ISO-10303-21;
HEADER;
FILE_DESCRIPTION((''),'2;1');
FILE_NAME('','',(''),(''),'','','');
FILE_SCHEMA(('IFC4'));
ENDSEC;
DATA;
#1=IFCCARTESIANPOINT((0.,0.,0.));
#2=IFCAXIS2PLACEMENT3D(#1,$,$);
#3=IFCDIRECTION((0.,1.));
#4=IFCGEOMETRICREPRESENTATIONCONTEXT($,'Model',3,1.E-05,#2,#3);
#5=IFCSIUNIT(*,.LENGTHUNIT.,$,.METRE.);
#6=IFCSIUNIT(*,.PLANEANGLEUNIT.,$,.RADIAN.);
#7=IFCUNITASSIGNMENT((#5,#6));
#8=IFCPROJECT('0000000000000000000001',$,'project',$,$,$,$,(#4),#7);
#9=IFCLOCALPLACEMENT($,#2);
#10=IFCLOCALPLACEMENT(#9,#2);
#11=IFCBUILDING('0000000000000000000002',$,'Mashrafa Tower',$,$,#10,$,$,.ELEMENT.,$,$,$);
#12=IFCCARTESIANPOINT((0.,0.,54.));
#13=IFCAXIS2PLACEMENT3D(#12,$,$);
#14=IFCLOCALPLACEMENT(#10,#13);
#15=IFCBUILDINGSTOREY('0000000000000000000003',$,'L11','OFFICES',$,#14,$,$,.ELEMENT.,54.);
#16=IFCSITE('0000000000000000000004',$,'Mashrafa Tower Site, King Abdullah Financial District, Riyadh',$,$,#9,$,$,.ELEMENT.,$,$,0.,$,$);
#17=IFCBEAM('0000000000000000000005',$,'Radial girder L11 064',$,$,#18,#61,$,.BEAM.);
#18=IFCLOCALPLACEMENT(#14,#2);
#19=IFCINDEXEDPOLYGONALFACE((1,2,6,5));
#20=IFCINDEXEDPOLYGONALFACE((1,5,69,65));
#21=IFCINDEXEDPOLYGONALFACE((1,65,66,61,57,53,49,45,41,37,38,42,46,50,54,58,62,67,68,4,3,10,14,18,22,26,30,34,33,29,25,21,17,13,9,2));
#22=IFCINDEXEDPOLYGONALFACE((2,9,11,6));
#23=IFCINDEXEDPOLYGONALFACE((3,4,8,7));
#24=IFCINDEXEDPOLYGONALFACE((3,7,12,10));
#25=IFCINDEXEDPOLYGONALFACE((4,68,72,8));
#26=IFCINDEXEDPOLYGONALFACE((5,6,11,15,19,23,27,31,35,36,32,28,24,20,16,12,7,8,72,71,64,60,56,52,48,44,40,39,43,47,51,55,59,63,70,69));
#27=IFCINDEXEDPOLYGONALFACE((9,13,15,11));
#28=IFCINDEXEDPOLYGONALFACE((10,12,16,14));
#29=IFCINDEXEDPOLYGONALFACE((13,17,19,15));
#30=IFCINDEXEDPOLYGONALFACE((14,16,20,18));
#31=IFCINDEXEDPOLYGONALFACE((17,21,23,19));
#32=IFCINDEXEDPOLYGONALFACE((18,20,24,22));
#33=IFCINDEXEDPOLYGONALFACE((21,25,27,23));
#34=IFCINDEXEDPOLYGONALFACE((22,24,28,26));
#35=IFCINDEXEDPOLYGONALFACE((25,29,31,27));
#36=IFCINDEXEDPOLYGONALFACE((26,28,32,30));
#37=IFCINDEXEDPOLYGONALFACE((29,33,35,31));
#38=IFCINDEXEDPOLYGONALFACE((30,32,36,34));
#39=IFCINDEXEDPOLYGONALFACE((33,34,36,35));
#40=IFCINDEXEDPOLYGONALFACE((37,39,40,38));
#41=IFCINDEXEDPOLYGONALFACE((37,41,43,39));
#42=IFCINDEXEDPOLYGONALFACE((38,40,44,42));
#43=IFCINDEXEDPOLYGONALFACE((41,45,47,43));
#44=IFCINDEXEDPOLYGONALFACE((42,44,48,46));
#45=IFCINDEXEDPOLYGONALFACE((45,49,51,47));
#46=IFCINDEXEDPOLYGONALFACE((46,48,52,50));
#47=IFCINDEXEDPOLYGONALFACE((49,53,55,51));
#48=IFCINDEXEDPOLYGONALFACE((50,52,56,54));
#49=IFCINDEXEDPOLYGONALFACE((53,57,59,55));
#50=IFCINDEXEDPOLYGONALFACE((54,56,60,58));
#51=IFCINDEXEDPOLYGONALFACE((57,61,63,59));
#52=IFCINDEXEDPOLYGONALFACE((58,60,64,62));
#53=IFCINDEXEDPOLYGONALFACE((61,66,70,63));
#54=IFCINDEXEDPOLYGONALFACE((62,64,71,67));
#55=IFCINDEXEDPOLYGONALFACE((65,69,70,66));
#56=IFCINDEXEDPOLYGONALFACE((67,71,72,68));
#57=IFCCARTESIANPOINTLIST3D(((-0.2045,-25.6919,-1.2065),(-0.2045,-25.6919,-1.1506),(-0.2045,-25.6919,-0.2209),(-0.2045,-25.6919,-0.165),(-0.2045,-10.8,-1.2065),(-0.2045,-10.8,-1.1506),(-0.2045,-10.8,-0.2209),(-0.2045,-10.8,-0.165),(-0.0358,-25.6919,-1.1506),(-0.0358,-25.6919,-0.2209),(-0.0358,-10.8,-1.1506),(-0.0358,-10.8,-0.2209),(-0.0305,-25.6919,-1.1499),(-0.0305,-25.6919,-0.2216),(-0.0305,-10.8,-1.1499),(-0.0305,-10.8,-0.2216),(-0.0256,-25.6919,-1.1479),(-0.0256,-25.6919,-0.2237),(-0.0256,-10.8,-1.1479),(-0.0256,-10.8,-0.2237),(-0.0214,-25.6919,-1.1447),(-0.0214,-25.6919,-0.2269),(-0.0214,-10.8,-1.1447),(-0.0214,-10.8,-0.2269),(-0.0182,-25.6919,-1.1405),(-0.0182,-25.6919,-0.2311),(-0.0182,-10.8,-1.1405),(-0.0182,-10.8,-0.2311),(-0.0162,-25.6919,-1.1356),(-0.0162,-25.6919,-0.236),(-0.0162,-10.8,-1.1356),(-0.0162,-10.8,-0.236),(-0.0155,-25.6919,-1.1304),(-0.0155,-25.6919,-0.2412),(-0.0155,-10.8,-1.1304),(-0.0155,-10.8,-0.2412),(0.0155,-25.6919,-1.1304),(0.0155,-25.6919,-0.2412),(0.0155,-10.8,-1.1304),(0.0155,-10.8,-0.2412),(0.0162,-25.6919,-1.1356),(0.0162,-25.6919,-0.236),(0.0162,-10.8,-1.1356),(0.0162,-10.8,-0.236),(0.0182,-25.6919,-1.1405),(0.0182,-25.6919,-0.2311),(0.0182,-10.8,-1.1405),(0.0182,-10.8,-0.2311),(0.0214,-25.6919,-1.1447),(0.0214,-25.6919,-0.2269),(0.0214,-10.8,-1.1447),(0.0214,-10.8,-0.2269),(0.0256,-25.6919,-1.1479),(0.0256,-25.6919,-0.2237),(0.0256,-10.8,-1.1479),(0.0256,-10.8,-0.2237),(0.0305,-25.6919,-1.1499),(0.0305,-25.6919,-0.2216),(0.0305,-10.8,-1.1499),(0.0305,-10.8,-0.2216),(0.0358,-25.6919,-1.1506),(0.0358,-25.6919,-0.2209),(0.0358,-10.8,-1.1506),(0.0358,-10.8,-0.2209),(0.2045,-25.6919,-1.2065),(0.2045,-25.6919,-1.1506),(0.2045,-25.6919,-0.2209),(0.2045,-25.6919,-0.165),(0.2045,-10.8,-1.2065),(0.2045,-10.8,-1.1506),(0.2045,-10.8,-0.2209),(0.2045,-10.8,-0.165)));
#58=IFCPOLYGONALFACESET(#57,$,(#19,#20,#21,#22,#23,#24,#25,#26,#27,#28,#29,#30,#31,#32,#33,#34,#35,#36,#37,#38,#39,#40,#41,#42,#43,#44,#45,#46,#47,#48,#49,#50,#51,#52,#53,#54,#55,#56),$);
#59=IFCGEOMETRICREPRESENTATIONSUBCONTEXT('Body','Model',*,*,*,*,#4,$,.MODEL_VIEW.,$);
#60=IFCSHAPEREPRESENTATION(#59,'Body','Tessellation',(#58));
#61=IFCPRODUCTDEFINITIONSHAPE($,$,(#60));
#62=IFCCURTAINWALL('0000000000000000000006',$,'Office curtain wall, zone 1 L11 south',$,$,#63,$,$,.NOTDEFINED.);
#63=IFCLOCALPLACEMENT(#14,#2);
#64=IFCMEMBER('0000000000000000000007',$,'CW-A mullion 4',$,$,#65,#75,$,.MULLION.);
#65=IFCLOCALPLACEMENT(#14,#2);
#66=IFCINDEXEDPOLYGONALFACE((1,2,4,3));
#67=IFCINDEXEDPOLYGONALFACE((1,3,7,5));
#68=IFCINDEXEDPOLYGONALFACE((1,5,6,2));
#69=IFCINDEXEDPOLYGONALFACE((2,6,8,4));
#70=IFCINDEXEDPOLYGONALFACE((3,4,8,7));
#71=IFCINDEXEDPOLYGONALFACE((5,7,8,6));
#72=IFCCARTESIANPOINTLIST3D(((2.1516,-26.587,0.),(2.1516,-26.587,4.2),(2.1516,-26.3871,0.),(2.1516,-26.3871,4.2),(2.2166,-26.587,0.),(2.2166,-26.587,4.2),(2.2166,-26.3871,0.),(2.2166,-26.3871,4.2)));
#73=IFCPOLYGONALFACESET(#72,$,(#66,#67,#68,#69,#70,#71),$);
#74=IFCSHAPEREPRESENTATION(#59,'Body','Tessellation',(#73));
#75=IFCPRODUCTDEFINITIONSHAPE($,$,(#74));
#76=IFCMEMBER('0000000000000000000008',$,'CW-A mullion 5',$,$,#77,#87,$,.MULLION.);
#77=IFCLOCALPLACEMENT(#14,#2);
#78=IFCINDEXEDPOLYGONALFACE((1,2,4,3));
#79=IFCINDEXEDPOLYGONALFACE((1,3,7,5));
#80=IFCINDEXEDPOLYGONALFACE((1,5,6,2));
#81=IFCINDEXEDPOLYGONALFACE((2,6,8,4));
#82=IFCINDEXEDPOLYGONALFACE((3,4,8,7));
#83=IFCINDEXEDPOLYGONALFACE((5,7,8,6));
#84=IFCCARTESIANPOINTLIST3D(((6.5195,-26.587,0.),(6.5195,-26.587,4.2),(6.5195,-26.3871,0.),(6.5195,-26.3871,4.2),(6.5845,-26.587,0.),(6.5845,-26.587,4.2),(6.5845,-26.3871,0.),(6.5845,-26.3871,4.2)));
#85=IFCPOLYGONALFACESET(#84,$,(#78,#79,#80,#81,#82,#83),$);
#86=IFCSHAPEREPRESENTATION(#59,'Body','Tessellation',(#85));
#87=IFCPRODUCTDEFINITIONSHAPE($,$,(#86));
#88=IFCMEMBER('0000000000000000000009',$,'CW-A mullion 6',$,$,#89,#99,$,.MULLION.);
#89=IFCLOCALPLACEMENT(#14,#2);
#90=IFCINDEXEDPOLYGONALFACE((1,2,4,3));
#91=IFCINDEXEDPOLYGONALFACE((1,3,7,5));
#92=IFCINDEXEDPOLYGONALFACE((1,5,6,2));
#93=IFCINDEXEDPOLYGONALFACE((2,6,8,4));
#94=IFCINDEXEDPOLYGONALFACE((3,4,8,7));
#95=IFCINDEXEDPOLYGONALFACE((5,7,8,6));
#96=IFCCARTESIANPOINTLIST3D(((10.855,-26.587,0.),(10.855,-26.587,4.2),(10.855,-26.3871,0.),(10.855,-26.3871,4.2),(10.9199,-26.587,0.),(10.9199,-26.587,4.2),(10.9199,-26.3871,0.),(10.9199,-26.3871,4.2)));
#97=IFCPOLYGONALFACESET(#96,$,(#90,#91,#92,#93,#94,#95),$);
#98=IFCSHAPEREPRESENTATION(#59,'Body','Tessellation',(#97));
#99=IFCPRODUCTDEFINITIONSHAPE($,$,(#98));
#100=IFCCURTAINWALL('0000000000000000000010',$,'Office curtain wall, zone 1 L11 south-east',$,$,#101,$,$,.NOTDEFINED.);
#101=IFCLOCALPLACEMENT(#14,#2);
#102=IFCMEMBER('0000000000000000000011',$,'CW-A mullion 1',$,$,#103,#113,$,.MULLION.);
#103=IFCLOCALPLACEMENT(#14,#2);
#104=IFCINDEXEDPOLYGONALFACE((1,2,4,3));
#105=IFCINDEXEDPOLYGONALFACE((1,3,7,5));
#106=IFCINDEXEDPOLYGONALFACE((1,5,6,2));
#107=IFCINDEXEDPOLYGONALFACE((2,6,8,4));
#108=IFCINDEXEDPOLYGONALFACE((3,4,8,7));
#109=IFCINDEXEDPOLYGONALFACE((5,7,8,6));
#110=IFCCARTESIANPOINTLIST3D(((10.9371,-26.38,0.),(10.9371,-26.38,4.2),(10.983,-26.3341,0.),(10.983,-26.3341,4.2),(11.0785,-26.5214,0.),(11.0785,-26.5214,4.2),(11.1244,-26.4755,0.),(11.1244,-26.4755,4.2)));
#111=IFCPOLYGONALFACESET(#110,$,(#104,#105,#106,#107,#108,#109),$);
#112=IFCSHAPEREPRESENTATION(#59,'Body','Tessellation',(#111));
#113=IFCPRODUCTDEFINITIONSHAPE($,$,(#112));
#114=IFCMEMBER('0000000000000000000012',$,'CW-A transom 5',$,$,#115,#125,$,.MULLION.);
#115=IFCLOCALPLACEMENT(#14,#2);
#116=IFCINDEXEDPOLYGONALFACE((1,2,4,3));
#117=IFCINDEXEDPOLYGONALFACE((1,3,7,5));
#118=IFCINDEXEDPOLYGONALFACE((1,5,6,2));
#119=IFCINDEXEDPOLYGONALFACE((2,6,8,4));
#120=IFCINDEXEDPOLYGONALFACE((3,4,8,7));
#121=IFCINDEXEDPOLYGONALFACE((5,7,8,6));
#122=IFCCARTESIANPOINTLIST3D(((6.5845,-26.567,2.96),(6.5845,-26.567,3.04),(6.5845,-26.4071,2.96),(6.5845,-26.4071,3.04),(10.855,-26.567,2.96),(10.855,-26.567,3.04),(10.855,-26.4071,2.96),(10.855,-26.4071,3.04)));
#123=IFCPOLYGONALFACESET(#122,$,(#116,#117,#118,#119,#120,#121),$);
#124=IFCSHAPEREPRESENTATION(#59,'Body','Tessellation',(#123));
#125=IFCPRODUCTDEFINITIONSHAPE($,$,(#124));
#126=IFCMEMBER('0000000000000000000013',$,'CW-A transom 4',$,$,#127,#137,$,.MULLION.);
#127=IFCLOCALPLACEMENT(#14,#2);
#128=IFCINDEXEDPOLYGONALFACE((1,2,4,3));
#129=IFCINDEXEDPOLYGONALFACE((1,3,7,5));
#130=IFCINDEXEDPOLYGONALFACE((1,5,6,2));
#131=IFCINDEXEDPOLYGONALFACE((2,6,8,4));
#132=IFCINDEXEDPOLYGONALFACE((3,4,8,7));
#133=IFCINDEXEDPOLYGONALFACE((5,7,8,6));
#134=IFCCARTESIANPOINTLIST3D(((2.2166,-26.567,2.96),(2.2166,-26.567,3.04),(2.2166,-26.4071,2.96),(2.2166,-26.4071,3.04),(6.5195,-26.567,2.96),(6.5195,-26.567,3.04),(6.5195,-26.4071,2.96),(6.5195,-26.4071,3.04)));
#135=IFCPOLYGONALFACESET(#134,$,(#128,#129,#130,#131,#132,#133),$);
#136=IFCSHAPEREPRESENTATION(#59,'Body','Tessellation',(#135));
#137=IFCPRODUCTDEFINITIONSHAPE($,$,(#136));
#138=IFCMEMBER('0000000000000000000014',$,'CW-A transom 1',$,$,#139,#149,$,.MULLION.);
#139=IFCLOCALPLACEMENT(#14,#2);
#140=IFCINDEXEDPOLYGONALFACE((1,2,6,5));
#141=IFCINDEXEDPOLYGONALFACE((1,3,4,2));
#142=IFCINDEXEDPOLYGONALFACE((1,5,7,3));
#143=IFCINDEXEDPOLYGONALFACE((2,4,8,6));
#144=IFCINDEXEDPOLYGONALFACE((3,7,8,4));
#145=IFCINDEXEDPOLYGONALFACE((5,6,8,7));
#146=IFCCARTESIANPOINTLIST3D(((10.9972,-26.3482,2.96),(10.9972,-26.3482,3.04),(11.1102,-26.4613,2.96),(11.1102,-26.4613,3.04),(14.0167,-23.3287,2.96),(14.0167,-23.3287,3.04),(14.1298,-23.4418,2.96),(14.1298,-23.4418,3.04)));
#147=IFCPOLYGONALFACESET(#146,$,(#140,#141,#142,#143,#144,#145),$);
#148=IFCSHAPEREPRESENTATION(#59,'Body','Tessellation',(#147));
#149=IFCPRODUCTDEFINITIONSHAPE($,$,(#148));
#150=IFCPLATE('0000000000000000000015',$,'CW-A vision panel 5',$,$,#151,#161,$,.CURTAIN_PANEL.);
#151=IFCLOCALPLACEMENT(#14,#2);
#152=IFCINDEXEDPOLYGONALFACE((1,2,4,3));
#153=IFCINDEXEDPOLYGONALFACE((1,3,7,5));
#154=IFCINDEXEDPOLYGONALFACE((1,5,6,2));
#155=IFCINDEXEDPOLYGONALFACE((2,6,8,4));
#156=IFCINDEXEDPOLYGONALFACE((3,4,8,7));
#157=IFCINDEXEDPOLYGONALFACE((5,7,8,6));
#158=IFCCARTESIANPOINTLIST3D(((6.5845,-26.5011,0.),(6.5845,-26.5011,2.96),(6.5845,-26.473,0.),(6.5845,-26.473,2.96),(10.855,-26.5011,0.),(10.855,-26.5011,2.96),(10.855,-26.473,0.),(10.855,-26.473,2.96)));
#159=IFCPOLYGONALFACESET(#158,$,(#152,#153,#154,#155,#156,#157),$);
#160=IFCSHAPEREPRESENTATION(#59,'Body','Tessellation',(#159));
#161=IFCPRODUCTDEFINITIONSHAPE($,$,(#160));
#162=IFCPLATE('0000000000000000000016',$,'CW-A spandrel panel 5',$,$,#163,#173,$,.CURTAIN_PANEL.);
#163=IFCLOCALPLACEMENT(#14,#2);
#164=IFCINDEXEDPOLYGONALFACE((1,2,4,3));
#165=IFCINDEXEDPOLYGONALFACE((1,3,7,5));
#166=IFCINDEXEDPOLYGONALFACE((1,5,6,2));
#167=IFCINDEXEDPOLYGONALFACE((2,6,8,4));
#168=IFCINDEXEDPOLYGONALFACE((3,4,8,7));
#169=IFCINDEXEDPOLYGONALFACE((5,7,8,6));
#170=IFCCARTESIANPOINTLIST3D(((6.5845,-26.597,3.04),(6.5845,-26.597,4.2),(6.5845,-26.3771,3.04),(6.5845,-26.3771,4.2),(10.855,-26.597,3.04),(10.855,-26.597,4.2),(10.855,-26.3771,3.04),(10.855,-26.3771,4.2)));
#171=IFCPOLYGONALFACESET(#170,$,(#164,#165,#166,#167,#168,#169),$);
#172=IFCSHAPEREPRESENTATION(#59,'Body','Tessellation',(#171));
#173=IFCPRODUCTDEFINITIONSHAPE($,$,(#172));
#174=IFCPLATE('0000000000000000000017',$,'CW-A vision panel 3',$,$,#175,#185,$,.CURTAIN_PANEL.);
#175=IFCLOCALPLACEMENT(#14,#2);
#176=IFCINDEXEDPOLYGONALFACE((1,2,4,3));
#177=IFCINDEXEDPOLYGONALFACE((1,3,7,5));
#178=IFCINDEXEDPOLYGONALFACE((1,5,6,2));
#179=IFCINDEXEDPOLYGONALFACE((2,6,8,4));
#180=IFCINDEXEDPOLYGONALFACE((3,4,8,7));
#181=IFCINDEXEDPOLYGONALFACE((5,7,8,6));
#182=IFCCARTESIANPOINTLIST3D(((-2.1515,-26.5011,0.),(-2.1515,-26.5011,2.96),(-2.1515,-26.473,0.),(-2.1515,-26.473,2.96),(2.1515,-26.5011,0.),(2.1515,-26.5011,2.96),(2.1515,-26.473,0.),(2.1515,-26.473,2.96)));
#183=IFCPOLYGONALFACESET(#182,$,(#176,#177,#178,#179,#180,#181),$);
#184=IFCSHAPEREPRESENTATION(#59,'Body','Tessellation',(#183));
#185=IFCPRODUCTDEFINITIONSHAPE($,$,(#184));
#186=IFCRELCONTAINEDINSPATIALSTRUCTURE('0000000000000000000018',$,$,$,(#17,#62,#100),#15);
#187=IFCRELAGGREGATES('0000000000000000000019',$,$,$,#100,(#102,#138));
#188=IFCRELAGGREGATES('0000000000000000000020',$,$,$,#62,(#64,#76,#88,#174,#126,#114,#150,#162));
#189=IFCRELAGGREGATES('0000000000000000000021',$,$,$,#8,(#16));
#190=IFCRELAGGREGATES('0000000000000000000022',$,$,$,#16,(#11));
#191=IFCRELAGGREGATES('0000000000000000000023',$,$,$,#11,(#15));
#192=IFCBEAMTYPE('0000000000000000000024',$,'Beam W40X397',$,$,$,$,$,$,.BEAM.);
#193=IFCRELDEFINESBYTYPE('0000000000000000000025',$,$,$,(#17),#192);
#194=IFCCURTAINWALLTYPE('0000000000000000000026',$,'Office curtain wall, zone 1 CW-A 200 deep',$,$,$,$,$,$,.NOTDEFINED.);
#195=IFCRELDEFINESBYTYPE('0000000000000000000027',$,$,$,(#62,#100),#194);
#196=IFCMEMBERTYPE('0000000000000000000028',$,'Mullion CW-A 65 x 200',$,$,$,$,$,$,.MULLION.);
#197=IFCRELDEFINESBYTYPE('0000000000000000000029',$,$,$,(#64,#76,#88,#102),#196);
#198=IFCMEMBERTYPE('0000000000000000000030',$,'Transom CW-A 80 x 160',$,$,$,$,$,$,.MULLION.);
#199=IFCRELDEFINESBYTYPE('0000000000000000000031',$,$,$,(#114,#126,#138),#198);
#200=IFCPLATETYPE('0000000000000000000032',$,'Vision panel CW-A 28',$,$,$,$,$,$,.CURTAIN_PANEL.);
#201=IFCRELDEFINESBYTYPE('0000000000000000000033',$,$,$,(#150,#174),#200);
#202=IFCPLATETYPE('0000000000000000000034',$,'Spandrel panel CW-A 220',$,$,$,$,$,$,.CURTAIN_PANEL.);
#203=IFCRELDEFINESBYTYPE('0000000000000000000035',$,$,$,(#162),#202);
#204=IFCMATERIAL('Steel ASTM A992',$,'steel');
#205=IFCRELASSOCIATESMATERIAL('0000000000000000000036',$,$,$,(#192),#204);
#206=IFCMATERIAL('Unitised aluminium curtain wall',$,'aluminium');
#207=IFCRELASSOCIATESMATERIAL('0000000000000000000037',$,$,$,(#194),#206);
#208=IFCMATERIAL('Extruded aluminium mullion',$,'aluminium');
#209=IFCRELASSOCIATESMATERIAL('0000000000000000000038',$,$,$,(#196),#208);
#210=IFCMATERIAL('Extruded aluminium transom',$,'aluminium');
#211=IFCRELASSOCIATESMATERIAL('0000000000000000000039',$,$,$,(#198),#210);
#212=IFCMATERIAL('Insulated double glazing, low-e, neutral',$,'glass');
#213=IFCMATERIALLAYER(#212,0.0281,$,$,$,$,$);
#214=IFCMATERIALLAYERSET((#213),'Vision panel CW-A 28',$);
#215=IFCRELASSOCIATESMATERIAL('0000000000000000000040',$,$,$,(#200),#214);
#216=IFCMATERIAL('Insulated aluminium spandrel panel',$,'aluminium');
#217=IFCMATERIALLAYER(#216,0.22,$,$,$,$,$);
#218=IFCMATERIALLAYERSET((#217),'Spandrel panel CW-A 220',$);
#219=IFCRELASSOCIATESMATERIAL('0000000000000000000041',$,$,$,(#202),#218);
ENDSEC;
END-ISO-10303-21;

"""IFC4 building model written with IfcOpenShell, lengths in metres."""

from ifc_helpers import new_model, si_unit, direction, frame, origin, origin_2d, place, context, subcontext, project, spatial, rectangle, i_section, extrude, source, transform, mapped, material, layer, layer_set, material_profile, profile_set, type_object, type_shapes, element, aggregate, save


model = new_model("IFC4")

# Units and contexts
model_context = context("Model", 3, precision=1e-05, world=origin(), true_north=direction((0.0, 1.0)))
body_context = subcontext(model_context, "Body", "Model", "MODEL_VIEW")
ifc_project = project(units=[si_unit("LENGTHUNIT", "METRE"), si_unit("PLANEANGLEUNIT", "RADIAN")], contexts=[model_context])

# Site, building, storey
site_placement = place(None, origin())
site = spatial("IfcSite", under=ifc_project, at=site_placement, Name="Mashrafa Tower Site, King Abdullah Financial District, Riyadh", CompositionType="ELEMENT", RefElevation=0.0)
building_placement = place(site_placement, origin())
building = spatial("IfcBuilding", under=site, at=building_placement, Name="Mashrafa Tower", CompositionType="ELEMENT")
storey_placement = place(building_placement, frame((0.0, 0.0, 54.0)))
storey = spatial("IfcBuildingStorey", under=building, at=storey_placement, Name="L11", Description="OFFICES", CompositionType="ELEMENT", Elevation=54.0)

# Beam
ifc_material_1 = material(Name="Steel ASTM A992", Category="steel")
ifc_material_profile_1 = material_profile(ifc_material_1, i_section(OverallWidth=0.4089, OverallDepth=1.0415, WebThickness=0.031, FlangeThickness=0.0559, FilletRadius=0.0203, at=origin_2d()), Name="W40X397")
ifc_profile_set_1 = profile_set([ifc_material_profile_1], Name="Steel ASTM A992")
beam_type_1 = type_object("IfcBeamType", Name="Beam W40X397", PredefinedType="BEAM", material=ifc_profile_set_1)
beam_1_placement = place(storey_placement, frame((0.0, -10.8, -0.6858), z_axis=(0.0, -1.0, 0.0), x_axis=(1.0, 0.0, 0.0)))
element("IfcBeam", 1, at=beam_1_placement, inside=storey, type_object=beam_type_1, Name="Radial girder L11 064", PredefinedType="BEAM", context=body_context, shape_type="SweptSolid", body=[
    extrude(i_section(OverallWidth=0.4089, OverallDepth=1.0415, WebThickness=0.031, FlangeThickness=0.0559, FilletRadius=0.0203, at=origin_2d()), origin(), (0.0, 0.0, 1.0), 14.8918),
])

# Curtain wall, members
ifc_material_2 = material(Name="Unitised aluminium curtain wall", Category="aluminium")
curtain_wall_type = type_object("IfcCurtainWallType", Name="Office curtain wall, zone 1 CW-A 200 deep", PredefinedType="NOTDEFINED", material=ifc_material_2)
curtain_wall_1_placement = place(storey_placement, origin())
curtain_wall_1 = element("IfcCurtainWall", 2, at=curtain_wall_1_placement, inside=storey, type_object=curtain_wall_type, Name="Office curtain wall, zone 1 L11 south", PredefinedType="NOTDEFINED")
ifc_material_3 = material(Name="Extruded aluminium mullion", Category="aluminium")
ifc_material_profile_2 = material_profile(ifc_material_3, rectangle(XDim=0.2, YDim=0.0649, at=origin_2d()), Name="Mullion 65x200")
ifc_profile_set_2 = profile_set([ifc_material_profile_2], Name="Extruded aluminium mullion")
member_type_1 = type_object("IfcMemberType", Name="Mullion CW-A 65 x 200", PredefinedType="MULLION", material=ifc_profile_set_2)
shared_shape_1 = source(origin(), body_context, "Body", "SweptSolid", [
    extrude(rectangle(XDim=0.2, YDim=0.0649, at=origin_2d()), origin(), (0.0, 0.0, 1.0), 4.2),
])
type_shapes(member_type_1, [shared_shape_1])
member_1_placement = place(storey_placement, frame((2.1841, -26.4871, 0.0), z_axis=(0.0, 0.0, 1.0), x_axis=(0.0, 1.0, 0.0)))
member_1 = element("IfcMember", 3, at=member_1_placement, type_object=member_type_1, Name="CW-A mullion 4", PredefinedType="MULLION", context=body_context, shape_type="MappedRepresentation", body=[
    mapped(shared_shape_1, transform((0.0, 0.0, 0.0))),
])
member_2_placement = place(storey_placement, frame((6.552, -26.4871, 0.0), z_axis=(0.0, 0.0, 1.0), x_axis=(0.0, 1.0, 0.0)))
member_2 = element("IfcMember", 4, at=member_2_placement, type_object=member_type_1, Name="CW-A mullion 5", PredefinedType="MULLION", context=body_context, shape_type="MappedRepresentation", body=[
    mapped(shared_shape_1, transform((0.0, 0.0, 0.0))),
])
member_3_placement = place(storey_placement, frame((10.8875, -26.4871, 0.0), z_axis=(0.0, 0.0, 1.0), x_axis=(0.0, 1.0, 0.0)))
member_3 = element("IfcMember", 5, at=member_3_placement, type_object=member_type_1, Name="CW-A mullion 6", PredefinedType="MULLION", context=body_context, shape_type="MappedRepresentation", body=[
    mapped(shared_shape_1, transform((0.0, 0.0, 0.0))),
])

# Curtain wall, member
curtain_wall_2_placement = place(storey_placement, origin())
curtain_wall_2 = element("IfcCurtainWall", 6, at=curtain_wall_2_placement, inside=storey, type_object=curtain_wall_type, Name="Office curtain wall, zone 1 L11 south-east", PredefinedType="NOTDEFINED")
member_4_placement = place(storey_placement, frame((11.0308, -26.4277, 0.0), z_axis=(0.0, 0.0, 1.0), x_axis=(-0.707107, 0.707107, 0.0)))
member_4 = element("IfcMember", 7, at=member_4_placement, type_object=member_type_1, Name="CW-A mullion 1", PredefinedType="MULLION", context=body_context, shape_type="MappedRepresentation", body=[
    mapped(shared_shape_1, transform((0.0, 0.0, 0.0))),
])

# Members
ifc_material_4 = material(Name="Extruded aluminium transom", Category="aluminium")
ifc_material_profile_3 = material_profile(ifc_material_4, rectangle(XDim=0.1599, YDim=0.0801, at=origin_2d()), Name="Transom 80x160")
ifc_profile_set_3 = profile_set([ifc_material_profile_3], Name="Extruded aluminium transom")
member_type_2 = type_object("IfcMemberType", Name="Transom CW-A 80 x 160", PredefinedType="MULLION", material=ifc_profile_set_3)
shared_shape_2 = source(origin(), body_context, "Body", "SweptSolid", [
    extrude(rectangle(XDim=0.1599, YDim=0.0801, at=origin_2d()), origin(), (0.0, 0.0, 1.0), 4.2705),
])
member_5_placement = place(storey_placement, frame((6.5845, -26.4871, 3.0), z_axis=(1.0, 0.0, 0.0), x_axis=(0.0, 1.0, 0.0)))
member_5 = element("IfcMember", 8, at=member_5_placement, type_object=member_type_2, Name="CW-A transom 5", PredefinedType="MULLION", context=body_context, shape_type="MappedRepresentation", body=[
    mapped(shared_shape_2, transform((0.0, 0.0, 0.0))),
])
shared_shape_3 = source(origin(), body_context, "Body", "SweptSolid", [
    extrude(rectangle(XDim=0.1599, YDim=0.0801, at=origin_2d()), origin(), (0.0, 0.0, 1.0), 4.303),
])
member_6_placement = place(storey_placement, frame((2.2166, -26.4871, 3.0), z_axis=(1.0, 0.0, 0.0), x_axis=(0.0, 1.0, 0.0)))
member_6 = element("IfcMember", 9, at=member_6_placement, type_object=member_type_2, Name="CW-A transom 4", PredefinedType="MULLION", context=body_context, shape_type="MappedRepresentation", body=[
    mapped(shared_shape_3, transform((0.0, 0.0, 0.0))),
])
shared_shape_4 = source(origin(), body_context, "Body", "SweptSolid", [
    extrude(rectangle(XDim=0.1599, YDim=0.0801, at=origin_2d()), origin(), (0.0, 0.0, 1.0), 4.2703),
])
type_shapes(member_type_2, [shared_shape_2, shared_shape_3, shared_shape_4])
member_7_placement = place(storey_placement, frame((11.0537, -26.4048, 3.0), z_axis=(0.707107, 0.707107, 0.0), x_axis=(-0.707107, 0.707107, 0.0)))
member_7 = element("IfcMember", 10, at=member_7_placement, type_object=member_type_2, Name="CW-A transom 1", PredefinedType="MULLION", context=body_context, shape_type="MappedRepresentation", body=[
    mapped(shared_shape_4, transform((0.0, 0.0, 0.0))),
])
aggregate(curtain_wall_2, [member_4, member_7])

# Plates
ifc_material_5 = material(Name="Insulated double glazing, low-e, neutral", Category="glass")
ifc_layer_1 = layer(ifc_material_5, 0.0281)
ifc_layer_set_1 = layer_set([ifc_layer_1], Name="Vision panel CW-A 28")
plate_type_1 = type_object("IfcPlateType", Name="Vision panel CW-A 28", PredefinedType="CURTAIN_PANEL", material=ifc_layer_set_1)
shared_shape_5 = source(origin(), body_context, "Body", "SweptSolid", [
    extrude(rectangle(XDim=4.2705, YDim=0.0281, at=origin_2d()), origin(), (0.0, 0.0, 1.0), 2.96),
])
plate_1_placement = place(storey_placement, frame((8.7197, -26.4871, 0.0), z_axis=(0.0, 0.0, 1.0), x_axis=(1.0, 0.0, 0.0)))
plate_1 = element("IfcPlate", 11, at=plate_1_placement, type_object=plate_type_1, Name="CW-A vision panel 5", PredefinedType="CURTAIN_PANEL", context=body_context, shape_type="MappedRepresentation", body=[
    mapped(shared_shape_5, transform((0.0, 0.0, 0.0))),
])
ifc_material_6 = material(Name="Insulated aluminium spandrel panel", Category="aluminium")
ifc_layer_2 = layer(ifc_material_6, 0.22)
ifc_layer_set_2 = layer_set([ifc_layer_2], Name="Spandrel panel CW-A 220")
plate_type_2 = type_object("IfcPlateType", Name="Spandrel panel CW-A 220", PredefinedType="CURTAIN_PANEL", material=ifc_layer_set_2)
shared_shape_6 = source(origin(), body_context, "Body", "SweptSolid", [
    extrude(rectangle(XDim=4.2705, YDim=0.22, at=origin_2d()), origin(), (0.0, 0.0, 1.0), 1.1599),
])
plate_2_placement = place(storey_placement, frame((8.7197, -26.4871, 3.04), z_axis=(0.0, 0.0, 1.0), x_axis=(1.0, 0.0, 0.0)))
plate_2 = element("IfcPlate", 12, at=plate_2_placement, type_object=plate_type_2, Name="CW-A spandrel panel 5", PredefinedType="CURTAIN_PANEL", context=body_context, shape_type="MappedRepresentation", body=[
    mapped(shared_shape_6, transform((0.0, 0.0, 0.0))),
])
shared_shape_7 = source(origin(), body_context, "Body", "SweptSolid", [
    extrude(rectangle(XDim=4.303, YDim=0.0281, at=origin_2d()), origin(), (0.0, 0.0, 1.0), 2.96),
])
type_shapes(plate_type_1, [shared_shape_5, shared_shape_7])
plate_3_placement = place(storey_placement, frame((0.0, -26.4871, 0.0), z_axis=(0.0, 0.0, 1.0), x_axis=(1.0, 0.0, 0.0)))
plate_3 = element("IfcPlate", 13, at=plate_3_placement, type_object=plate_type_1, Name="CW-A vision panel 3", PredefinedType="CURTAIN_PANEL", context=body_context, shape_type="MappedRepresentation", body=[
    mapped(shared_shape_7, transform((0.0, 0.0, 0.0))),
])
aggregate(curtain_wall_1, [member_1, member_2, member_3, plate_3, member_6, member_5, plate_1, plate_2])

save(model, "model.ifc")
